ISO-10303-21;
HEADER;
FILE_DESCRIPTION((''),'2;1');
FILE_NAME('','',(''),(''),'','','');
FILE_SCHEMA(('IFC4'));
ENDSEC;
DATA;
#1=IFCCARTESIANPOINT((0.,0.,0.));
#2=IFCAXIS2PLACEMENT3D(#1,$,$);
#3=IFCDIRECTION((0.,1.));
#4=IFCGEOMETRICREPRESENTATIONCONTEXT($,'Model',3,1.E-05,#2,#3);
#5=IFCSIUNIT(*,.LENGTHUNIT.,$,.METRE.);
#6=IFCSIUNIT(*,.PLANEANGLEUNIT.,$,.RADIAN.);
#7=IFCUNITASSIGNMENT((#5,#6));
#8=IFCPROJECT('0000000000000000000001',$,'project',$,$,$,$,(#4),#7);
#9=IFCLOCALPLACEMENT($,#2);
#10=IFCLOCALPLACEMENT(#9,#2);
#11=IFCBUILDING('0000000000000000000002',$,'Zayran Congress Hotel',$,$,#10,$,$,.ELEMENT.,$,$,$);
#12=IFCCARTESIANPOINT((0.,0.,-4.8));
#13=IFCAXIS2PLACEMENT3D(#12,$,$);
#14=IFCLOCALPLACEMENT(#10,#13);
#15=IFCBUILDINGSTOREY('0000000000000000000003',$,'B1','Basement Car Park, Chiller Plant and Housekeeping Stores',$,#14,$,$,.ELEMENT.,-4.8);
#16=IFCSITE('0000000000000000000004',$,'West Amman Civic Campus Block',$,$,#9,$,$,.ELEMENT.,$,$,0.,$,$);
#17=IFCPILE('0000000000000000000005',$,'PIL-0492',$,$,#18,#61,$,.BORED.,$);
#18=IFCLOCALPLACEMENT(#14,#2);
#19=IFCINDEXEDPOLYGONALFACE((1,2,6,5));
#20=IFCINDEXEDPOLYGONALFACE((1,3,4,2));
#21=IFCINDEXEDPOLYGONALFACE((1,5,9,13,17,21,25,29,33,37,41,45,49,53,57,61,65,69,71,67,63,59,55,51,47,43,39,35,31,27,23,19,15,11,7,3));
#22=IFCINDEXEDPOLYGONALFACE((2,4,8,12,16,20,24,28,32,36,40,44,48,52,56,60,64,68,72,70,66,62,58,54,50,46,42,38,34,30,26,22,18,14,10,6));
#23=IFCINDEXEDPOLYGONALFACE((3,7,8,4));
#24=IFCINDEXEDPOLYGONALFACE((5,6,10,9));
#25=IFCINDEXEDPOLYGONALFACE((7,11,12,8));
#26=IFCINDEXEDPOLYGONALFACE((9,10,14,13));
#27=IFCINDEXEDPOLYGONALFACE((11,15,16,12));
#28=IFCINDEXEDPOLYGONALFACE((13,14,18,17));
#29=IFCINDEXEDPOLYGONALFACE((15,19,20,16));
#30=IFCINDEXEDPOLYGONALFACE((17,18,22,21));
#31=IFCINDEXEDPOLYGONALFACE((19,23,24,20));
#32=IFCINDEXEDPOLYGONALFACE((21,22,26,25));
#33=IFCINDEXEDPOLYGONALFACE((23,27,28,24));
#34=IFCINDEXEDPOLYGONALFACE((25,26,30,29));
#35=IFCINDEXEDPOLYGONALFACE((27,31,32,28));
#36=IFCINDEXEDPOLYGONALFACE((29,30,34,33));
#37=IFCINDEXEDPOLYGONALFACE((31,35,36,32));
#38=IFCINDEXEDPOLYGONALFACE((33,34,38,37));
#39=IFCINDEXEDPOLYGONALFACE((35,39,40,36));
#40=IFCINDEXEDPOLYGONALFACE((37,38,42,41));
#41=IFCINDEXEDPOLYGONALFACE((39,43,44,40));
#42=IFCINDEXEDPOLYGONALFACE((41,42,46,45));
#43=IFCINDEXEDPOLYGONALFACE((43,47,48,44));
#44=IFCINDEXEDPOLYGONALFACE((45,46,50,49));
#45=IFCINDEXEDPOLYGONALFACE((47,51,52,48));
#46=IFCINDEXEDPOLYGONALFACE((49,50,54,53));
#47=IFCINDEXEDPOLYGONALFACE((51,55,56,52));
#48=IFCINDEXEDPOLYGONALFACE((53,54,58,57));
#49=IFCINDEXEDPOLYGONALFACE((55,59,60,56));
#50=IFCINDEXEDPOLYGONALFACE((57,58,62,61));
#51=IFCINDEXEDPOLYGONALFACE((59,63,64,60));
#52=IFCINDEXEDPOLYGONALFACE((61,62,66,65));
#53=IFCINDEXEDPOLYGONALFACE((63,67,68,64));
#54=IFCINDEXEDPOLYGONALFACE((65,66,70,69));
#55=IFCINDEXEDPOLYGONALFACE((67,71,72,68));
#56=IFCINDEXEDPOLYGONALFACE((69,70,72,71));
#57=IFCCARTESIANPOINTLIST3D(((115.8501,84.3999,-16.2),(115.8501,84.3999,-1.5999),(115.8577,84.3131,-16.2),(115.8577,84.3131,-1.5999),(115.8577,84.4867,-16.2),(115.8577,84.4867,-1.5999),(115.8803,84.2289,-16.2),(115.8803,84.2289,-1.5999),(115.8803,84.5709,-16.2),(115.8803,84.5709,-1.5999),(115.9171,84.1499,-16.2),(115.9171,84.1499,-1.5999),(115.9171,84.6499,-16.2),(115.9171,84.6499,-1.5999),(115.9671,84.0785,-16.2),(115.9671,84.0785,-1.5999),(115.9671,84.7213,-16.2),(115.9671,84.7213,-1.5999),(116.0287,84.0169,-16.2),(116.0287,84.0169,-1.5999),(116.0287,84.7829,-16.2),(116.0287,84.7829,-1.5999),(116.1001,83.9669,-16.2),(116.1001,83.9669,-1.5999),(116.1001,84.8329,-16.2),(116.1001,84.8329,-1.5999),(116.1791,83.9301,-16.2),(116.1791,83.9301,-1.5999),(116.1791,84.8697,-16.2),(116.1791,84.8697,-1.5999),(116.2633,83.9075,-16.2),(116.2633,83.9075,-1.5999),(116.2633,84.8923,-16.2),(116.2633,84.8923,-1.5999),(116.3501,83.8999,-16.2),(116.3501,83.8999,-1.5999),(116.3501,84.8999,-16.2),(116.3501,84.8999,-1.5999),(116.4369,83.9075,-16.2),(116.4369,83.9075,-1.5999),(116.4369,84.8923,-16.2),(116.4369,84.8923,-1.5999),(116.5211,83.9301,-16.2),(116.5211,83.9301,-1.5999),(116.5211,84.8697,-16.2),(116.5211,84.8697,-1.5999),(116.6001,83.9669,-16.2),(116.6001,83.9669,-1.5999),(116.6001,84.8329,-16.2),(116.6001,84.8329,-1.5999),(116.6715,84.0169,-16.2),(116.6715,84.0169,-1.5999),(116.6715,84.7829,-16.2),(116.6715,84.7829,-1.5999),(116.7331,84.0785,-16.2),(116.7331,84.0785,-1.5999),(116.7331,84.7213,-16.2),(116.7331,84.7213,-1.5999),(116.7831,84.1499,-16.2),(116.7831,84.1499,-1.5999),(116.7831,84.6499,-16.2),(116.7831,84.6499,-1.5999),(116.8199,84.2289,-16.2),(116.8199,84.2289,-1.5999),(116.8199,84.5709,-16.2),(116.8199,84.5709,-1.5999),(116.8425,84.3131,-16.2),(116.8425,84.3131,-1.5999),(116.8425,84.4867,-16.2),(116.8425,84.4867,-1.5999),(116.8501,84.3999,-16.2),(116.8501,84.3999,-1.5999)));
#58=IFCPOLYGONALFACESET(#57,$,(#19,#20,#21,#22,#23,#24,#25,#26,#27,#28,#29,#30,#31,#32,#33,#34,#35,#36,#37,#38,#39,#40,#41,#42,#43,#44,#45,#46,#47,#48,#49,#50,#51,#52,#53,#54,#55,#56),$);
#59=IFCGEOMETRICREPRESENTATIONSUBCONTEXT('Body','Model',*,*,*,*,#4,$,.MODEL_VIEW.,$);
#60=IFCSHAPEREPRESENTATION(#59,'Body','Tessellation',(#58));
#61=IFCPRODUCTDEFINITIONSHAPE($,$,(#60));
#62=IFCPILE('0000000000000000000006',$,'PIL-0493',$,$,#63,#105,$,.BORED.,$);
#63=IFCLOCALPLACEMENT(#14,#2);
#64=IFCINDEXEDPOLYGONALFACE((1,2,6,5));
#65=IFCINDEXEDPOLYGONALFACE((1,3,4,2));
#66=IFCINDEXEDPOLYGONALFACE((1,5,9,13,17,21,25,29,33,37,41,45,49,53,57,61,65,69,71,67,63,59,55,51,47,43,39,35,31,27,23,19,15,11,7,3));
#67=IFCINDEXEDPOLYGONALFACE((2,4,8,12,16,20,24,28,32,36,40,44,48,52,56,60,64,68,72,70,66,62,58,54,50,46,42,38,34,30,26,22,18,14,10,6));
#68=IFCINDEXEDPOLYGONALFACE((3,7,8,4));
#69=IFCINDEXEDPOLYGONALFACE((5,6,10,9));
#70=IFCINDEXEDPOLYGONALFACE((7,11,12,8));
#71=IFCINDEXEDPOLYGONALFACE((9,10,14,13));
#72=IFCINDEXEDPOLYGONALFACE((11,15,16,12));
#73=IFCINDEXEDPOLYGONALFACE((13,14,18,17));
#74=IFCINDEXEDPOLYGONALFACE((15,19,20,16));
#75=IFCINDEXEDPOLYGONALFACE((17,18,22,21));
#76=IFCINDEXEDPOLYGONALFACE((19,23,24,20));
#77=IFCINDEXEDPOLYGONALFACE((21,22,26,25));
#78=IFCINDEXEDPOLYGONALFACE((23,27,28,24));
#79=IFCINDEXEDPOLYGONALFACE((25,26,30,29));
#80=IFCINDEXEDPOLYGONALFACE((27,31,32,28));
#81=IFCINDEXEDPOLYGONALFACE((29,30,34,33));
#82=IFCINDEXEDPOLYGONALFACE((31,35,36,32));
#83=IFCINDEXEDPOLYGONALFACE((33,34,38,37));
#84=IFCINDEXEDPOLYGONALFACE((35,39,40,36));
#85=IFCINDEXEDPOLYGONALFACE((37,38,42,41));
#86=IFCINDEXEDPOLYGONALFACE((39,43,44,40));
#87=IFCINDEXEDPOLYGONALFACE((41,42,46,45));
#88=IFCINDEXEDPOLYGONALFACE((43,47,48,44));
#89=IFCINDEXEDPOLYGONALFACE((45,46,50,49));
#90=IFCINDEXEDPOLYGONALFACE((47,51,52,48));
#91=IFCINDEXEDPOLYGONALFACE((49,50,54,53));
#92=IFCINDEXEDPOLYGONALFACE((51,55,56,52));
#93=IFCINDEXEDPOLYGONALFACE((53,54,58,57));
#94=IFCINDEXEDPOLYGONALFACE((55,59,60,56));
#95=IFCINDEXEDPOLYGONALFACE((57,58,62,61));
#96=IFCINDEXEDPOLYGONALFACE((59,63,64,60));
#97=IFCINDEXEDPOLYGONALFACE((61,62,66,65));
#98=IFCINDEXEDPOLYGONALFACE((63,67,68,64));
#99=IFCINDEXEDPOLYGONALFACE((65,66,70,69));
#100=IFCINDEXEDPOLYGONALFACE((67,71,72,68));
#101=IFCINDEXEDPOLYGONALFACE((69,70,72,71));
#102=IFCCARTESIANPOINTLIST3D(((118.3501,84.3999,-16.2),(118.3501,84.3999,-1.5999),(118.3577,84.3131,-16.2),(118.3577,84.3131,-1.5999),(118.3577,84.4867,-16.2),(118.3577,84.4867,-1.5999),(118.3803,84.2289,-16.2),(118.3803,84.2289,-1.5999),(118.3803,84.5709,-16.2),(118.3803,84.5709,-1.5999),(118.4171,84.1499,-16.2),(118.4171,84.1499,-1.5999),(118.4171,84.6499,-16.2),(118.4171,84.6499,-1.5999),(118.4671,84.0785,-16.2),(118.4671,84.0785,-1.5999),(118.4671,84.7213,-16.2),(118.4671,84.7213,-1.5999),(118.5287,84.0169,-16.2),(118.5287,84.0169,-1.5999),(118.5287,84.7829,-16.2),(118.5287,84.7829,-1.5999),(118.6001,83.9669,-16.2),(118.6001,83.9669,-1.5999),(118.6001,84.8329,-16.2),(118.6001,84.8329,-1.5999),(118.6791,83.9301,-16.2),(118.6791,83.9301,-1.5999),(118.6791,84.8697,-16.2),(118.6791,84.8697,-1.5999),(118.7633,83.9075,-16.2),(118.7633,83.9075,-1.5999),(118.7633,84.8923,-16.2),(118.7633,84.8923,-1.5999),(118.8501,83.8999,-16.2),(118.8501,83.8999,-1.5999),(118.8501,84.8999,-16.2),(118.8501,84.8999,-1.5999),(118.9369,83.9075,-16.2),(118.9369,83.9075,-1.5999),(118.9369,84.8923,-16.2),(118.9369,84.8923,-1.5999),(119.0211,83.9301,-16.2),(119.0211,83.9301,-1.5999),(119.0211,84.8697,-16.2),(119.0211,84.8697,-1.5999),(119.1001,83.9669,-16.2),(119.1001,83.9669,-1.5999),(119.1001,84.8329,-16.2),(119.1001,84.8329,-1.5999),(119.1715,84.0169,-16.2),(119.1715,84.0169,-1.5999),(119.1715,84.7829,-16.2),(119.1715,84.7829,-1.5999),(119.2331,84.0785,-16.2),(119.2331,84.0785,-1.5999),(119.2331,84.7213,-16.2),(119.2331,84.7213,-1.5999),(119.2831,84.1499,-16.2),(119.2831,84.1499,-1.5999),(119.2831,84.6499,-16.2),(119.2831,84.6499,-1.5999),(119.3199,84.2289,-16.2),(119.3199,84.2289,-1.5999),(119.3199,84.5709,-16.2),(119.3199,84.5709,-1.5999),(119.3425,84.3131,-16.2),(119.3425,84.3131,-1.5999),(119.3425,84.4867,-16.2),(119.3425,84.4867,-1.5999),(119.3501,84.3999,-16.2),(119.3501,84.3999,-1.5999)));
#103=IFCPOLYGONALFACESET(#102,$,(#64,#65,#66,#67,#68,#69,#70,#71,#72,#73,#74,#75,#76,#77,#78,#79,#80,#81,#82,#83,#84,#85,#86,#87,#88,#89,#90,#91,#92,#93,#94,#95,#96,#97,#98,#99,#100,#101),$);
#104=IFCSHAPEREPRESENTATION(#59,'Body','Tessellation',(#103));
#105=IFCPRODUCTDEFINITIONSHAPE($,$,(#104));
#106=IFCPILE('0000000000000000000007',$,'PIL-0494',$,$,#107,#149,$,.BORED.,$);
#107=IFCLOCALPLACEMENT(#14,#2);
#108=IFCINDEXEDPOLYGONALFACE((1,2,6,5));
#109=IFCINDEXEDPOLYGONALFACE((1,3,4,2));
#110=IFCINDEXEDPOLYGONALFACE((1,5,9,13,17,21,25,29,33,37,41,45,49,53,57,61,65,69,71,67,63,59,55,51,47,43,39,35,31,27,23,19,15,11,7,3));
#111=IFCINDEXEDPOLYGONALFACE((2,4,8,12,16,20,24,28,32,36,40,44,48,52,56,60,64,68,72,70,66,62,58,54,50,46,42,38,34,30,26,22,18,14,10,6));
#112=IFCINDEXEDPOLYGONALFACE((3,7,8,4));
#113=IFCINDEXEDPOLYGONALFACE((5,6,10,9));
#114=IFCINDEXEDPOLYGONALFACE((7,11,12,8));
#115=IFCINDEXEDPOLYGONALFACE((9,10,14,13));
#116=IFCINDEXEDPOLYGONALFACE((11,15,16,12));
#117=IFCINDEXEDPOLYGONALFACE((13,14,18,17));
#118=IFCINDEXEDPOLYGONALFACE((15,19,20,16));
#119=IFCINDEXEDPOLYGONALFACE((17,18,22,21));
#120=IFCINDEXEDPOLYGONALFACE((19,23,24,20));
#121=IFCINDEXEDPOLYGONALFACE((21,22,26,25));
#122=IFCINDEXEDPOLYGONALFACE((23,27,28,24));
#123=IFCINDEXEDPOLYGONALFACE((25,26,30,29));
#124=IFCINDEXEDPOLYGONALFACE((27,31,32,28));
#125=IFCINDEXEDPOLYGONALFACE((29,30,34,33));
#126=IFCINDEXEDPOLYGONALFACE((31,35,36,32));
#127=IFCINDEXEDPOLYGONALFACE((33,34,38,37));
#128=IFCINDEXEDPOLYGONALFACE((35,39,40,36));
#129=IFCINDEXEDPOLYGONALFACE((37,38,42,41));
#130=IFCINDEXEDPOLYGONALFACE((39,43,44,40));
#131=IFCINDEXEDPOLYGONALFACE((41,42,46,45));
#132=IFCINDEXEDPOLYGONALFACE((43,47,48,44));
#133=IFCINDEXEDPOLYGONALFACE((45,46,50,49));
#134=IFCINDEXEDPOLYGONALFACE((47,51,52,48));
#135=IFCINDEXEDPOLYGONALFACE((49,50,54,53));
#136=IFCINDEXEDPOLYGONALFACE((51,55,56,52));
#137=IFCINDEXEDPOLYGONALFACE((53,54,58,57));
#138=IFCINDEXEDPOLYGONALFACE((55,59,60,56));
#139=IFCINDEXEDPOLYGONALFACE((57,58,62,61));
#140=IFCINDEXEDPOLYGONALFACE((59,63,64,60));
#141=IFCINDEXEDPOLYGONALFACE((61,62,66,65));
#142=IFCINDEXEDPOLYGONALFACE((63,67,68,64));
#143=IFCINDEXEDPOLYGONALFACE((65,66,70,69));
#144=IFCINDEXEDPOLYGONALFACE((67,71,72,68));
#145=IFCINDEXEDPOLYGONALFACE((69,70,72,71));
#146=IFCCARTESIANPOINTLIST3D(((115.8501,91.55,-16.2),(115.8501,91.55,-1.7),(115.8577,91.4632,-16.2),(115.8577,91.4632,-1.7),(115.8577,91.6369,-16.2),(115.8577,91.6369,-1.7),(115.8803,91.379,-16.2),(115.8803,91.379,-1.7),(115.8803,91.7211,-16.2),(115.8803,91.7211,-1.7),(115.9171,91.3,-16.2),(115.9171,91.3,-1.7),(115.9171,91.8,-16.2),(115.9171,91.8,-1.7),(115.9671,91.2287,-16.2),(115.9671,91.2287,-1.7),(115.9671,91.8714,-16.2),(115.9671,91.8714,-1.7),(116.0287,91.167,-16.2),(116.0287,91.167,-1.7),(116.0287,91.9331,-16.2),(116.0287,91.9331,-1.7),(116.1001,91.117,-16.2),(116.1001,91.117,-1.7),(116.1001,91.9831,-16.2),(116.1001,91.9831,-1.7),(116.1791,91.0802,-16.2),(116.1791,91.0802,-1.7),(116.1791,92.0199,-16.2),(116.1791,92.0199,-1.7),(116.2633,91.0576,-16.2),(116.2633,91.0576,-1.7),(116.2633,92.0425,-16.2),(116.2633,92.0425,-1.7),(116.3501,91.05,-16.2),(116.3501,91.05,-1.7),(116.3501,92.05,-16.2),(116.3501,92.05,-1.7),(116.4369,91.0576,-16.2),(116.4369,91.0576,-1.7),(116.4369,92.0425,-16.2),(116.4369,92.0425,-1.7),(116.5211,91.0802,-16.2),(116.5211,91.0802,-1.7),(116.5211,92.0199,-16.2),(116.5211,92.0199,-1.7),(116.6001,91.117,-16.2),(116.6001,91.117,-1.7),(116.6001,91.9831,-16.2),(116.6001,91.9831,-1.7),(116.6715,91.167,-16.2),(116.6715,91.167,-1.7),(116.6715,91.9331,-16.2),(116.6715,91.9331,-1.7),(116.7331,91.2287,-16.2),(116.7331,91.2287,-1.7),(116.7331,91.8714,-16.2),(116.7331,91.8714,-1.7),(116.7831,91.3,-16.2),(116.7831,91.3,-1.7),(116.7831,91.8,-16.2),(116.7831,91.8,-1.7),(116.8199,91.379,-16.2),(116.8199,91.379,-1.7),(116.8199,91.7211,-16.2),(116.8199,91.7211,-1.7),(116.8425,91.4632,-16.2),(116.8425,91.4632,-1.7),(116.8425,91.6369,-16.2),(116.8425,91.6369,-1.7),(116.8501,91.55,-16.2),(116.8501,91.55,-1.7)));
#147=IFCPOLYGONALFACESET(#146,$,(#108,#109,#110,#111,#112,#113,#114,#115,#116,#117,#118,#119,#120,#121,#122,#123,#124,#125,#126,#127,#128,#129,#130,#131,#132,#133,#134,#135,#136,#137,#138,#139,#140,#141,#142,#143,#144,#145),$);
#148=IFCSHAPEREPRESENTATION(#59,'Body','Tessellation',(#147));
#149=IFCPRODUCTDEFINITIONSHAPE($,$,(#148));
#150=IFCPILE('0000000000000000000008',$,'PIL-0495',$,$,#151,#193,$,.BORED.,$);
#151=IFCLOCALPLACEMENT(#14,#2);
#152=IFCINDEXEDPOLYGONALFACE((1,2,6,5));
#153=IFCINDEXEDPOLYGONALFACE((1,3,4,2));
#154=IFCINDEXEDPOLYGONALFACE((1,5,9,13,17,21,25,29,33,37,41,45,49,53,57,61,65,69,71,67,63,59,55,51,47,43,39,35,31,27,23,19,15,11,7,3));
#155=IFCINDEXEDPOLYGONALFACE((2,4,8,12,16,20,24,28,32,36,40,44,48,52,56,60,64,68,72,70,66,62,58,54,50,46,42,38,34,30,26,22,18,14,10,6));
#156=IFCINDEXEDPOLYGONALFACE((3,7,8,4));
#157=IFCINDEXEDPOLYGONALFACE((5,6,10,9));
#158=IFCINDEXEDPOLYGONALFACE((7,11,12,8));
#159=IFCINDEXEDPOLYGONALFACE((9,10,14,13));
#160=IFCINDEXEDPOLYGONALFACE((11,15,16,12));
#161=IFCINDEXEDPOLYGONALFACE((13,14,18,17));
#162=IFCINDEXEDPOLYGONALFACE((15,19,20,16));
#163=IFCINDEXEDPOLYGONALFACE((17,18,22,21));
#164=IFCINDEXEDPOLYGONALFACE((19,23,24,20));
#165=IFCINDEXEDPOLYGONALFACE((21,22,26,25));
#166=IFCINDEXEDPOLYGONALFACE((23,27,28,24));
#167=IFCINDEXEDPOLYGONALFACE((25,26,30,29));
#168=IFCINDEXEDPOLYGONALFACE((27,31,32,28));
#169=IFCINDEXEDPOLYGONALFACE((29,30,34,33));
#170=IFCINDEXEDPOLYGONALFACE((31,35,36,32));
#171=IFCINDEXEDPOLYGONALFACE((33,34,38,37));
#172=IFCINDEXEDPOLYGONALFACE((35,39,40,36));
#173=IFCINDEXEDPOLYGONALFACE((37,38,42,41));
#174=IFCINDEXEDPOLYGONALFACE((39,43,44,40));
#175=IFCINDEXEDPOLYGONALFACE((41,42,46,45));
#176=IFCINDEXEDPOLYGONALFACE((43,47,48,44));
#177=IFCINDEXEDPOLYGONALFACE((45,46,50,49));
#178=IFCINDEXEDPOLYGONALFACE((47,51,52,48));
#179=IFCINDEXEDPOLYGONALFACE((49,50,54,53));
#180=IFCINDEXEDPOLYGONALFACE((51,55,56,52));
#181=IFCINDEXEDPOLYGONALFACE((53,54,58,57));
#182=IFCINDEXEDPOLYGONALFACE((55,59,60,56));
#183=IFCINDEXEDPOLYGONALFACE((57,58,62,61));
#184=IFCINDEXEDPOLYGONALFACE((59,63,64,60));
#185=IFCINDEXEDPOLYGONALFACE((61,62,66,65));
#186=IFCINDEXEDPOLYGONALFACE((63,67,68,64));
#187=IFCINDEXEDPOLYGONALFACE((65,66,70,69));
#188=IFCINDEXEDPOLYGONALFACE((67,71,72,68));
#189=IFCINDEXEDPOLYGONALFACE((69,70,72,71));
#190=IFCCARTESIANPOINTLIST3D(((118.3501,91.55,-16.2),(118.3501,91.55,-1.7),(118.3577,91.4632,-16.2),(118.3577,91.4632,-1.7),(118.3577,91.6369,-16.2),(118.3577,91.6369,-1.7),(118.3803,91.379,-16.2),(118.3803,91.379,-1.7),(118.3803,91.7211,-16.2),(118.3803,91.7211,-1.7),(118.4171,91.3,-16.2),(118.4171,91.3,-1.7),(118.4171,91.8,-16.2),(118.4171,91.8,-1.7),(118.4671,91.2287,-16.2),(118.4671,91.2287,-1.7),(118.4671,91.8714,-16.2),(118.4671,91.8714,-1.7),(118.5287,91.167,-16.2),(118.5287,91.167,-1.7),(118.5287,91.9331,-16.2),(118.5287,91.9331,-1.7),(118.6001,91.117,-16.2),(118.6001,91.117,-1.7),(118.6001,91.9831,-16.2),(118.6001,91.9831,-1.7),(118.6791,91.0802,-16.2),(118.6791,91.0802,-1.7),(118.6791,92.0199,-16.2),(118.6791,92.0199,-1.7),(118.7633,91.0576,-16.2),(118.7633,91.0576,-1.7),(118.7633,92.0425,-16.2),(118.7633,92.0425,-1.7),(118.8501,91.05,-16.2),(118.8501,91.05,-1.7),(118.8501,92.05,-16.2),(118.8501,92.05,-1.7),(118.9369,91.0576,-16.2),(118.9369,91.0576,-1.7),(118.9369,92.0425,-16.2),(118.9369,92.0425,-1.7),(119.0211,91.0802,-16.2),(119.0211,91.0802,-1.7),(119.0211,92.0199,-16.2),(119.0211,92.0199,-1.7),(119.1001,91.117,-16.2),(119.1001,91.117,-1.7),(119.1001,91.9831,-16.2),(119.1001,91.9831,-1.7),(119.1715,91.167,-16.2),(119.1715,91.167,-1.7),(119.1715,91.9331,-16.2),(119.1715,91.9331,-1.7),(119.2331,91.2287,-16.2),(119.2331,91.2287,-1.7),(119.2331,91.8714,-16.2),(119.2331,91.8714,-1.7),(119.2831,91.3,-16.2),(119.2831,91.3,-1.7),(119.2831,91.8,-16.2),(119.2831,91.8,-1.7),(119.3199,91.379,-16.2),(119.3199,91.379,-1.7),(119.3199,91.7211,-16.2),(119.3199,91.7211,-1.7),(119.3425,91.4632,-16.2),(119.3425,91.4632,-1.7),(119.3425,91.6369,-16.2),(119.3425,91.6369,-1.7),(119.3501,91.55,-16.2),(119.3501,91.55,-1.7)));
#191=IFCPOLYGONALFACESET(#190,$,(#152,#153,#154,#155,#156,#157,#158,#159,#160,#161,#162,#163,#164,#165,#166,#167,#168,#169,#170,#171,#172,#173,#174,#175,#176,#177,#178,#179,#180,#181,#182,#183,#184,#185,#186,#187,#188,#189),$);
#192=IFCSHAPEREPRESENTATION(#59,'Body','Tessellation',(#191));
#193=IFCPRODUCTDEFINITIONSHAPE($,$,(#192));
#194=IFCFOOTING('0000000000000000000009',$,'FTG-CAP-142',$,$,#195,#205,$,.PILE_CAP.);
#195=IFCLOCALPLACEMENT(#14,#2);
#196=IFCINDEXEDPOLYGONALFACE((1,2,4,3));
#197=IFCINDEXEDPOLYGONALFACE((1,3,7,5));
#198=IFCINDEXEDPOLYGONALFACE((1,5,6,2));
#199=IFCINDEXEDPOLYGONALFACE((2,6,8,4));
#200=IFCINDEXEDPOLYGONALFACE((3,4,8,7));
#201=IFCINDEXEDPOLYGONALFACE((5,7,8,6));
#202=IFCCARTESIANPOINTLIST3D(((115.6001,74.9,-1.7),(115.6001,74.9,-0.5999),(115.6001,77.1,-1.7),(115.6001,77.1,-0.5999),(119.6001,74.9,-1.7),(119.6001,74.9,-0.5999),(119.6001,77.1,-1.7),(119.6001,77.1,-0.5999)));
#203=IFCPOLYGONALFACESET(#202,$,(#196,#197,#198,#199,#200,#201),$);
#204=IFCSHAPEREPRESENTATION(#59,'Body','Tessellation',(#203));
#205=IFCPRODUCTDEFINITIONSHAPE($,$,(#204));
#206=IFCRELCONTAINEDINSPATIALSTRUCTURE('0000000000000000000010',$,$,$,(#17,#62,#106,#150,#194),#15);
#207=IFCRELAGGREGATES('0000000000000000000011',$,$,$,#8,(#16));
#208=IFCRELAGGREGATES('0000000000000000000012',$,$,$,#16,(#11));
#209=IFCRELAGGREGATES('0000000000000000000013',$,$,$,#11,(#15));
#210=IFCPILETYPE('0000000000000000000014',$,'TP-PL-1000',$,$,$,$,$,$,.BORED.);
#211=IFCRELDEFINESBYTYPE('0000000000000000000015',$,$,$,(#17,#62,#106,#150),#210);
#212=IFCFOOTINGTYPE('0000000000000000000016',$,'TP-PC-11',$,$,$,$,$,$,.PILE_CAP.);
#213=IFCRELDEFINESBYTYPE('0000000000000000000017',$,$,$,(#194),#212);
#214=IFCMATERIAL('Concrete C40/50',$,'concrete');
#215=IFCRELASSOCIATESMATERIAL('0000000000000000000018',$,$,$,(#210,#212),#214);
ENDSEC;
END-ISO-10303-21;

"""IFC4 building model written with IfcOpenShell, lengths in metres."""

from ifc_helpers import new_model, si_unit, direction, frame, origin, origin_2d, place, context, subcontext, project, spatial, rectangle, circle, extrude, material, material_profile, profile_set, type_object, element, save


model = new_model("IFC4")

# Units and contexts
model_context = context("Model", 3, precision=1e-05, world=origin(), true_north=direction((0.0, 1.0)))
body_context = subcontext(model_context, "Body", "Model", "MODEL_VIEW")
ifc_project = project(units=[si_unit("LENGTHUNIT", "METRE"), si_unit("PLANEANGLEUNIT", "RADIAN")], contexts=[model_context])

# Site, building, storey
site_placement = place(None, origin())
site = spatial("IfcSite", under=ifc_project, at=site_placement, Name="West Amman Civic Campus Block", CompositionType="ELEMENT", RefElevation=0.0)
building_placement = place(site_placement, origin())
building = spatial("IfcBuilding", under=site, at=building_placement, Name="Zayran Congress Hotel", CompositionType="ELEMENT")
storey_placement = place(building_placement, frame((0.0, 0.0, -4.8)))
storey = spatial("IfcBuildingStorey", under=building, at=storey_placement, Name="B1", Description="Basement Car Park, Chiller Plant and Housekeeping Stores", CompositionType="ELEMENT", Elevation=-4.8)

# Piles
ifc_material_1 = material(Name="Concrete C40/50", Category="concrete")
ifc_material_profile_1 = material_profile(ifc_material_1, circle(Radius=0.5, at=origin_2d()), Name="PILE D1000")
ifc_profile_set_1 = profile_set([ifc_material_profile_1], Name="Concrete C40/50")
pile_type = type_object("IfcPileType", Name="TP-PL-1000", PredefinedType="BORED", material=ifc_profile_set_1)
for number, where, z_axis, x_axis, name in (
    (1, (116.3501, 84.3999, -1.5999), (0.0, 0.0, -1.0), (1.0, 0.0, 0.0), "PIL-0492"),
    (2, (118.8501, 84.3999, -1.5999), (0.0, 0.0, -1.0), (1.0, 0.0, 0.0), "PIL-0493"),
):
    element("IfcPile", number, at=place(storey_placement, frame(where, z_axis=z_axis, x_axis=x_axis)), inside=storey, type_object=pile_type, Name=name, PredefinedType="BORED", context=body_context, shape_type="SweptSolid", body=[
        extrude(circle(Radius=0.5, at=origin_2d()), origin(), (0.0, 0.0, 1.0), 14.6001),
    ])
for number, where, z_axis, x_axis, name in (
    (3, (116.3501, 91.55, -1.7), (0.0, 0.0, -1.0), (1.0, 0.0, 0.0), "PIL-0494"),
    (4, (118.8501, 91.55, -1.7), (0.0, 0.0, -1.0), (1.0, 0.0, 0.0), "PIL-0495"),
):
    element("IfcPile", number, at=place(storey_placement, frame(where, z_axis=z_axis, x_axis=x_axis)), inside=storey, type_object=pile_type, Name=name, PredefinedType="BORED", context=body_context, shape_type="SweptSolid", body=[
        extrude(circle(Radius=0.5, at=origin_2d()), origin(), (0.0, 0.0, 1.0), 14.5),
    ])

# Footing
footing_type_1 = type_object("IfcFootingType", Name="TP-PC-11", PredefinedType="PILE_CAP", material=ifc_material_1)
footing_1_placement = place(storey_placement, frame((117.6001, 76.0, -1.7), z_axis=(0.0, 0.0, 1.0), x_axis=(1.0, 0.0, 0.0)))
element("IfcFooting", 5, at=footing_1_placement, inside=storey, type_object=footing_type_1, Name="FTG-CAP-142", PredefinedType="PILE_CAP", context=body_context, shape_type="SweptSolid", body=[
    extrude(rectangle(XDim=4.0, YDim=2.2, at=origin_2d()), origin(), (0.0, 0.0, 1.0), 1.1001),
])

save(model, "model.ifc")
